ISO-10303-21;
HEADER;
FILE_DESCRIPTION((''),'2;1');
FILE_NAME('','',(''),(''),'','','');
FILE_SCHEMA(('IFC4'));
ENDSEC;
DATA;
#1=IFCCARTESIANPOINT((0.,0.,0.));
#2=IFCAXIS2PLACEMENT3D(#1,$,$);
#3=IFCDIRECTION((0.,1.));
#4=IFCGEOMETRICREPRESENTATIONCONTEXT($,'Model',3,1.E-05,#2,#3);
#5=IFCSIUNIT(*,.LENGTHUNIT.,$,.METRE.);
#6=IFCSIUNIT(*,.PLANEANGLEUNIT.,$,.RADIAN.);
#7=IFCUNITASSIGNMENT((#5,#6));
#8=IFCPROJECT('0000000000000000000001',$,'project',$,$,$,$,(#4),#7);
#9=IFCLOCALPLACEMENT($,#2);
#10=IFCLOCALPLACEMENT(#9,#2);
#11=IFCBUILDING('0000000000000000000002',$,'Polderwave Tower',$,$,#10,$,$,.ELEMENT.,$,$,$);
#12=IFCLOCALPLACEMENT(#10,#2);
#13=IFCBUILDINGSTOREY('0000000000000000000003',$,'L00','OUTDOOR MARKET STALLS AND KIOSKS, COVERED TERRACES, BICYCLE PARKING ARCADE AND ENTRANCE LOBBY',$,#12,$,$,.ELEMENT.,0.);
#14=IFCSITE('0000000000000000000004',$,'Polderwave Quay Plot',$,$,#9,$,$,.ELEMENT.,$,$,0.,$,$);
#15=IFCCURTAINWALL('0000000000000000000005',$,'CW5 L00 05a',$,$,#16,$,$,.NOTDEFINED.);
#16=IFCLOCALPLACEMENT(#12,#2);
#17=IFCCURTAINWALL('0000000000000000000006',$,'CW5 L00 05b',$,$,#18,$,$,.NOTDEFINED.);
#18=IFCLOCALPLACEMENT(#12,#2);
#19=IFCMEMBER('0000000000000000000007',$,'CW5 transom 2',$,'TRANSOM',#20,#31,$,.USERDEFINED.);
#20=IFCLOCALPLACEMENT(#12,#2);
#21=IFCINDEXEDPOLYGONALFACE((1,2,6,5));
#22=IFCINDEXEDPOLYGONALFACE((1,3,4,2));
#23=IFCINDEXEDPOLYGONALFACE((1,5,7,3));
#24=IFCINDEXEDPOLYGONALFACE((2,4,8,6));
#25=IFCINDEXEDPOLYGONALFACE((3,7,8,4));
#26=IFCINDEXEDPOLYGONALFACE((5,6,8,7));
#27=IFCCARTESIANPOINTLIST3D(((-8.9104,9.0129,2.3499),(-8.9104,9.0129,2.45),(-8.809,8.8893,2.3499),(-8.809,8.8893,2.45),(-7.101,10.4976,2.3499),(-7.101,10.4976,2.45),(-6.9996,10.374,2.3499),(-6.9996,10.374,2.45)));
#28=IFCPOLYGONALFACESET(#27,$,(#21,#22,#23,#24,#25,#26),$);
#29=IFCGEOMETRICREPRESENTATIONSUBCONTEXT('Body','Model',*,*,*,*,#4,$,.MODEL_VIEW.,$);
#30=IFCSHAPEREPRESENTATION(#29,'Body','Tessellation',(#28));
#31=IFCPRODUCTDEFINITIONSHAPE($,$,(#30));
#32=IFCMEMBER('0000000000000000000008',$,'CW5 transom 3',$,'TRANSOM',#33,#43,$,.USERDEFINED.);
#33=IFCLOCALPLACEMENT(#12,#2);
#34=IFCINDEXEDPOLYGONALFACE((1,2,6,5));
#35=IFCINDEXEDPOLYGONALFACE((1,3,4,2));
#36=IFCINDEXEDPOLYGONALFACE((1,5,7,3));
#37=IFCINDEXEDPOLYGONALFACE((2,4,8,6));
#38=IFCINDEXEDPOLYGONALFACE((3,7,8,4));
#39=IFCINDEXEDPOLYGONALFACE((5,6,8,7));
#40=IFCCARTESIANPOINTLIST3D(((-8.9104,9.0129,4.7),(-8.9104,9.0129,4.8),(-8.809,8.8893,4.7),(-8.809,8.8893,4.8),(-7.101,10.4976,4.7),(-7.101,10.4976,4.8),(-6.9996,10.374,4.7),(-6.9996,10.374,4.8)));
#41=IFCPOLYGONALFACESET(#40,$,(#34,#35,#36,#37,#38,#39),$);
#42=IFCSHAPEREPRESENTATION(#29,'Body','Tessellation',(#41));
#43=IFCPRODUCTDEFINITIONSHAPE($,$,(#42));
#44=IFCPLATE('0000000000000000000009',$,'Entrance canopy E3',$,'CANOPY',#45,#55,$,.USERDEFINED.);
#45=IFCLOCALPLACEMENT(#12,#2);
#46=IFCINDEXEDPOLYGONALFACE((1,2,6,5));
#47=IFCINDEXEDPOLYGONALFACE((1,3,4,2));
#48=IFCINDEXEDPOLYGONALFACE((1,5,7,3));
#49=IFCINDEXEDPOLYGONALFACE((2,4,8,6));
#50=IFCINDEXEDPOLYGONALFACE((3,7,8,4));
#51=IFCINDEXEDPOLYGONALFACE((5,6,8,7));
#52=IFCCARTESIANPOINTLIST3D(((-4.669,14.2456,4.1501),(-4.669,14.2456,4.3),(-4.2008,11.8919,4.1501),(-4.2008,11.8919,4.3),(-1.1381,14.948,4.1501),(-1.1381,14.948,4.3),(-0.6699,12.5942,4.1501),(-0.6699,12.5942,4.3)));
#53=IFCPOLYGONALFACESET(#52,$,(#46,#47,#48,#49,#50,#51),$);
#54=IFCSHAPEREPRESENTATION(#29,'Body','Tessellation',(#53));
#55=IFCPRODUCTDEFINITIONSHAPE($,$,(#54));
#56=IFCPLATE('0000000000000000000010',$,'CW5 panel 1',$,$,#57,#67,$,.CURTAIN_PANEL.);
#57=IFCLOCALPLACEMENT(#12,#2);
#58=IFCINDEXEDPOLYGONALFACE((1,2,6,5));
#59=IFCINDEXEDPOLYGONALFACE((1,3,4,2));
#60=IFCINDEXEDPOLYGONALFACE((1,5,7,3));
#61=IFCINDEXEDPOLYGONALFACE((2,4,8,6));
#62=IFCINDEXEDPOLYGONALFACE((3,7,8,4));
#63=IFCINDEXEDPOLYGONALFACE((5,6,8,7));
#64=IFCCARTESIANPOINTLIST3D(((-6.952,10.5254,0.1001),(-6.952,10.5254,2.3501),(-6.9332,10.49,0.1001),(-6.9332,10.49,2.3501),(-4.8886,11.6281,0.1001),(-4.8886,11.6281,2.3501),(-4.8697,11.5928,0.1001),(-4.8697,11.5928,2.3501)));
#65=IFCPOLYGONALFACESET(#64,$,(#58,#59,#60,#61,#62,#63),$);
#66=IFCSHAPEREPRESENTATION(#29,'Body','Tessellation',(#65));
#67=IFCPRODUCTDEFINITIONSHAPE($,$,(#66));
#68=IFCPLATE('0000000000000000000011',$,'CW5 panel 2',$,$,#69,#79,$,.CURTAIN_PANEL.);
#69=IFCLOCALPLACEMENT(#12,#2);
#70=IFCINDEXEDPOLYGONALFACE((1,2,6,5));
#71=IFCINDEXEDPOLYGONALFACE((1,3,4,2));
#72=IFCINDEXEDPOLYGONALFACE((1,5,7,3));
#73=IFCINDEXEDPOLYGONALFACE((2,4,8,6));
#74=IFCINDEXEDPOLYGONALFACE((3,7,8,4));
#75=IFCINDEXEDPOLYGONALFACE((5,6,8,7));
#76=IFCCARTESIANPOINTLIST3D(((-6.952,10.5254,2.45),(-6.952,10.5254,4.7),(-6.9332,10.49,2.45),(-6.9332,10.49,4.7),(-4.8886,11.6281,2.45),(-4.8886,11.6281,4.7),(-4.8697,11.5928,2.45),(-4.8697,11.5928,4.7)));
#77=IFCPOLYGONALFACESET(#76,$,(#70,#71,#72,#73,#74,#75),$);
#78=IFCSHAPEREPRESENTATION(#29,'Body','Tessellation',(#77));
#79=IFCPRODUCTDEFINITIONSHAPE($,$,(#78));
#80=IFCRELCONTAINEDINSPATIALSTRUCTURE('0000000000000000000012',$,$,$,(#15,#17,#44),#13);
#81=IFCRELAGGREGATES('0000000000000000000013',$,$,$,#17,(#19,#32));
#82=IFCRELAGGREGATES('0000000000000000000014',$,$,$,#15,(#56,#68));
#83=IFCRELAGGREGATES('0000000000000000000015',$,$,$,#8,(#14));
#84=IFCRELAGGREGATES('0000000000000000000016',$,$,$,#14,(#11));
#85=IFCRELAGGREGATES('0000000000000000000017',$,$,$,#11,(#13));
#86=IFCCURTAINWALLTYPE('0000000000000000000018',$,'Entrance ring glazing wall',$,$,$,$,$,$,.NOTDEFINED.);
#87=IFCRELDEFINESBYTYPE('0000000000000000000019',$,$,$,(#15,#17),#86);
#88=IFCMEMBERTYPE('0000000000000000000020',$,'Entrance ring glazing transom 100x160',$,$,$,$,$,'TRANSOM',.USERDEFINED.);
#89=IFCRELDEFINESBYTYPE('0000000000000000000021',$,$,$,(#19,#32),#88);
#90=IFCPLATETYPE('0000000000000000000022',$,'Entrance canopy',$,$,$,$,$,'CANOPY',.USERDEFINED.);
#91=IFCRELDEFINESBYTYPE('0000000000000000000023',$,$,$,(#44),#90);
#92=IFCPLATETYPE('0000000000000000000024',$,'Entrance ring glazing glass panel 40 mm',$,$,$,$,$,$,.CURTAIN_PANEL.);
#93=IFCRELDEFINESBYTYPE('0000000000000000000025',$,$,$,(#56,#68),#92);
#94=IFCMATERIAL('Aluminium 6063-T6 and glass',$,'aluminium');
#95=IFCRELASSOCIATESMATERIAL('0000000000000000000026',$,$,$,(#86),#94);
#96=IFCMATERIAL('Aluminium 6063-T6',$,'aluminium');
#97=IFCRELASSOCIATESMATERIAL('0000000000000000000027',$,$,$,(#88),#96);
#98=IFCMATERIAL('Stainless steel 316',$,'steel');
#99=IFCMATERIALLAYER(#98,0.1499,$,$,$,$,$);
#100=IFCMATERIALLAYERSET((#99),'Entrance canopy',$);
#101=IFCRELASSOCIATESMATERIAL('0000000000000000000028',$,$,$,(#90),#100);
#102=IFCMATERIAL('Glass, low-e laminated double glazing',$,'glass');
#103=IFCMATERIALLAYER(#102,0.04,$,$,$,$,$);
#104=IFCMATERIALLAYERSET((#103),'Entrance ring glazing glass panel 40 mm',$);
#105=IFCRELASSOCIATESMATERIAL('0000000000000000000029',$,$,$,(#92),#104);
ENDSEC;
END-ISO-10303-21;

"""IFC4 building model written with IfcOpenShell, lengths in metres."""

from ifc_helpers import new_model, si_unit, direction, frame, origin, origin_2d, place, context, subcontext, project, spatial, rectangle, extrude, material, layer, layer_set, material_profile, profile_set, type_object, element, aggregate, save


model = new_model("IFC4")

# Units and contexts
model_context = context("Model", 3, precision=1e-05, world=origin(), true_north=direction((0.0, 1.0)))
body_context = subcontext(model_context, "Body", "Model", "MODEL_VIEW")
ifc_project = project(units=[si_unit("LENGTHUNIT", "METRE"), si_unit("PLANEANGLEUNIT", "RADIAN")], contexts=[model_context])

# Site, building, storey
site_placement = place(None, origin())
site = spatial("IfcSite", under=ifc_project, at=site_placement, Name="Polderwave Quay Plot", CompositionType="ELEMENT", RefElevation=0.0)
building_placement = place(site_placement, origin())
building = spatial("IfcBuilding", under=site, at=building_placement, Name="Polderwave Tower", CompositionType="ELEMENT")
storey_placement = place(building_placement, origin())
storey = spatial("IfcBuildingStorey", under=building, at=storey_placement, Name="L00", Description="OUTDOOR MARKET STALLS AND KIOSKS, COVERED TERRACES, BICYCLE PARKING ARCADE AND ENTRANCE LOBBY", CompositionType="ELEMENT", Elevation=0.0)

# Curtain wall
ifc_material_1 = material(Name="Aluminium 6063-T6 and glass", Category="aluminium")
curtain_wall_type = type_object("IfcCurtainWallType", Name="Entrance ring glazing wall", PredefinedType="NOTDEFINED", material=ifc_material_1)
curtain_wall_1_placement = place(storey_placement, origin())
curtain_wall_1 = element("IfcCurtainWall", 1, at=curtain_wall_1_placement, inside=storey, type_object=curtain_wall_type, Name="CW5 L00 05a", PredefinedType="NOTDEFINED")
ifc_material_2 = material(Name="Aluminium 6063-T6", Category="aluminium")

# Curtain wall
curtain_wall_2_placement = place(storey_placement, origin())
curtain_wall_2 = element("IfcCurtainWall", 2, at=curtain_wall_2_placement, inside=storey, type_object=curtain_wall_type, Name="CW5 L00 05b", PredefinedType="NOTDEFINED")

# Members
ifc_material_profile_1 = material_profile(ifc_material_2, rectangle(XDim=0.1599, YDim=0.1001, at=origin_2d()), Name="AL 100x160")
ifc_profile_set_1 = profile_set([ifc_material_profile_1], Name="Aluminium 6063-T6")
member_type_1 = type_object("IfcMemberType", Name="Entrance ring glazing transom 100x160", ElementType="TRANSOM", PredefinedType="USERDEFINED", material=ifc_profile_set_1)
member_1_placement = place(storey_placement, frame((-7.0503, 10.4358, 2.3999), z_axis=(-0.773064, -0.634328, 0.0), x_axis=(0.634328, -0.773064, 0.0)))
member_1 = element("IfcMember", 3, at=member_1_placement, type_object=member_type_1, Name="CW5 transom 2", ObjectType="TRANSOM", PredefinedType="USERDEFINED", context=body_context, shape_type="SweptSolid", body=[
    extrude(rectangle(XDim=0.1599, YDim=0.1001, at=origin_2d()), origin(), (0.0, 0.0, 1.0), 2.3406),
])
member_2_placement = place(storey_placement, frame((-7.0503, 10.4358, 4.75), z_axis=(-0.773064, -0.634328, 0.0), x_axis=(0.634328, -0.773064, 0.0)))
member_2 = element("IfcMember", 4, at=member_2_placement, type_object=member_type_1, Name="CW5 transom 3", ObjectType="TRANSOM", PredefinedType="USERDEFINED", context=body_context, shape_type="SweptSolid", body=[
    extrude(rectangle(XDim=0.1599, YDim=0.1001, at=origin_2d()), origin(), (0.0, 0.0, 1.0), 2.3406),
])
aggregate(curtain_wall_2, [member_1, member_2])

# Plates
ifc_material_3 = material(Name="Stainless steel 316", Category="steel")
ifc_layer_1 = layer(ifc_material_3, 0.1499)
ifc_layer_set_1 = layer_set([ifc_layer_1], Name="Entrance canopy")
plate_type_1 = type_object("IfcPlateType", Name="Entrance canopy", ElementType="CANOPY", PredefinedType="USERDEFINED", material=ifc_layer_set_1)
plate_1_placement = place(storey_placement, frame((-2.6694, 13.4199, 4.1501), z_axis=(0.0, 0.0, 1.0), x_axis=(-0.980785, -0.19509, 0.0)))
element("IfcPlate", 5, at=plate_1_placement, inside=storey, type_object=plate_type_1, Name="Entrance canopy E3", ObjectType="CANOPY", PredefinedType="USERDEFINED", context=body_context, shape_type="SweptSolid", body=[
    extrude(rectangle(XDim=3.6001, YDim=2.3999, at=origin_2d()), origin(), (0.0, 0.0, 1.0), 0.1499),
])
ifc_material_4 = material(Name="Glass, low-e laminated double glazing", Category="glass")
ifc_layer_2 = layer(ifc_material_4, 0.04)
ifc_layer_set_2 = layer_set([ifc_layer_2], Name="Entrance ring glazing glass panel 40 mm")
plate_type_2 = type_object("IfcPlateType", Name="Entrance ring glazing glass panel 40 mm", PredefinedType="CURTAIN_PANEL", material=ifc_layer_set_2)
plate_2_placement = place(storey_placement, frame((-5.9109, 11.0591, 0.1001), z_axis=(0.0, 0.0, 1.0), x_axis=(-0.881949, -0.471344, 0.0)))
plate_2 = element("IfcPlate", 6, at=plate_2_placement, type_object=plate_type_2, Name="CW5 panel 1", PredefinedType="CURTAIN_PANEL", context=body_context, shape_type="SweptSolid", body=[
    extrude(rectangle(XDim=2.3396, YDim=0.04, at=origin_2d()), origin(), (0.0, 0.0, 1.0), 2.25),
])
plate_3_placement = place(storey_placement, frame((-5.9109, 11.0591, 2.45), z_axis=(0.0, 0.0, 1.0), x_axis=(-0.881949, -0.471344, 0.0)))
plate_3 = element("IfcPlate", 7, at=plate_3_placement, type_object=plate_type_2, Name="CW5 panel 2", PredefinedType="CURTAIN_PANEL", context=body_context, shape_type="SweptSolid", body=[
    extrude(rectangle(XDim=2.3396, YDim=0.04, at=origin_2d()), origin(), (0.0, 0.0, 1.0), 2.25),
])
aggregate(curtain_wall_1, [plate_2, plate_3])

save(model, "model.ifc")
